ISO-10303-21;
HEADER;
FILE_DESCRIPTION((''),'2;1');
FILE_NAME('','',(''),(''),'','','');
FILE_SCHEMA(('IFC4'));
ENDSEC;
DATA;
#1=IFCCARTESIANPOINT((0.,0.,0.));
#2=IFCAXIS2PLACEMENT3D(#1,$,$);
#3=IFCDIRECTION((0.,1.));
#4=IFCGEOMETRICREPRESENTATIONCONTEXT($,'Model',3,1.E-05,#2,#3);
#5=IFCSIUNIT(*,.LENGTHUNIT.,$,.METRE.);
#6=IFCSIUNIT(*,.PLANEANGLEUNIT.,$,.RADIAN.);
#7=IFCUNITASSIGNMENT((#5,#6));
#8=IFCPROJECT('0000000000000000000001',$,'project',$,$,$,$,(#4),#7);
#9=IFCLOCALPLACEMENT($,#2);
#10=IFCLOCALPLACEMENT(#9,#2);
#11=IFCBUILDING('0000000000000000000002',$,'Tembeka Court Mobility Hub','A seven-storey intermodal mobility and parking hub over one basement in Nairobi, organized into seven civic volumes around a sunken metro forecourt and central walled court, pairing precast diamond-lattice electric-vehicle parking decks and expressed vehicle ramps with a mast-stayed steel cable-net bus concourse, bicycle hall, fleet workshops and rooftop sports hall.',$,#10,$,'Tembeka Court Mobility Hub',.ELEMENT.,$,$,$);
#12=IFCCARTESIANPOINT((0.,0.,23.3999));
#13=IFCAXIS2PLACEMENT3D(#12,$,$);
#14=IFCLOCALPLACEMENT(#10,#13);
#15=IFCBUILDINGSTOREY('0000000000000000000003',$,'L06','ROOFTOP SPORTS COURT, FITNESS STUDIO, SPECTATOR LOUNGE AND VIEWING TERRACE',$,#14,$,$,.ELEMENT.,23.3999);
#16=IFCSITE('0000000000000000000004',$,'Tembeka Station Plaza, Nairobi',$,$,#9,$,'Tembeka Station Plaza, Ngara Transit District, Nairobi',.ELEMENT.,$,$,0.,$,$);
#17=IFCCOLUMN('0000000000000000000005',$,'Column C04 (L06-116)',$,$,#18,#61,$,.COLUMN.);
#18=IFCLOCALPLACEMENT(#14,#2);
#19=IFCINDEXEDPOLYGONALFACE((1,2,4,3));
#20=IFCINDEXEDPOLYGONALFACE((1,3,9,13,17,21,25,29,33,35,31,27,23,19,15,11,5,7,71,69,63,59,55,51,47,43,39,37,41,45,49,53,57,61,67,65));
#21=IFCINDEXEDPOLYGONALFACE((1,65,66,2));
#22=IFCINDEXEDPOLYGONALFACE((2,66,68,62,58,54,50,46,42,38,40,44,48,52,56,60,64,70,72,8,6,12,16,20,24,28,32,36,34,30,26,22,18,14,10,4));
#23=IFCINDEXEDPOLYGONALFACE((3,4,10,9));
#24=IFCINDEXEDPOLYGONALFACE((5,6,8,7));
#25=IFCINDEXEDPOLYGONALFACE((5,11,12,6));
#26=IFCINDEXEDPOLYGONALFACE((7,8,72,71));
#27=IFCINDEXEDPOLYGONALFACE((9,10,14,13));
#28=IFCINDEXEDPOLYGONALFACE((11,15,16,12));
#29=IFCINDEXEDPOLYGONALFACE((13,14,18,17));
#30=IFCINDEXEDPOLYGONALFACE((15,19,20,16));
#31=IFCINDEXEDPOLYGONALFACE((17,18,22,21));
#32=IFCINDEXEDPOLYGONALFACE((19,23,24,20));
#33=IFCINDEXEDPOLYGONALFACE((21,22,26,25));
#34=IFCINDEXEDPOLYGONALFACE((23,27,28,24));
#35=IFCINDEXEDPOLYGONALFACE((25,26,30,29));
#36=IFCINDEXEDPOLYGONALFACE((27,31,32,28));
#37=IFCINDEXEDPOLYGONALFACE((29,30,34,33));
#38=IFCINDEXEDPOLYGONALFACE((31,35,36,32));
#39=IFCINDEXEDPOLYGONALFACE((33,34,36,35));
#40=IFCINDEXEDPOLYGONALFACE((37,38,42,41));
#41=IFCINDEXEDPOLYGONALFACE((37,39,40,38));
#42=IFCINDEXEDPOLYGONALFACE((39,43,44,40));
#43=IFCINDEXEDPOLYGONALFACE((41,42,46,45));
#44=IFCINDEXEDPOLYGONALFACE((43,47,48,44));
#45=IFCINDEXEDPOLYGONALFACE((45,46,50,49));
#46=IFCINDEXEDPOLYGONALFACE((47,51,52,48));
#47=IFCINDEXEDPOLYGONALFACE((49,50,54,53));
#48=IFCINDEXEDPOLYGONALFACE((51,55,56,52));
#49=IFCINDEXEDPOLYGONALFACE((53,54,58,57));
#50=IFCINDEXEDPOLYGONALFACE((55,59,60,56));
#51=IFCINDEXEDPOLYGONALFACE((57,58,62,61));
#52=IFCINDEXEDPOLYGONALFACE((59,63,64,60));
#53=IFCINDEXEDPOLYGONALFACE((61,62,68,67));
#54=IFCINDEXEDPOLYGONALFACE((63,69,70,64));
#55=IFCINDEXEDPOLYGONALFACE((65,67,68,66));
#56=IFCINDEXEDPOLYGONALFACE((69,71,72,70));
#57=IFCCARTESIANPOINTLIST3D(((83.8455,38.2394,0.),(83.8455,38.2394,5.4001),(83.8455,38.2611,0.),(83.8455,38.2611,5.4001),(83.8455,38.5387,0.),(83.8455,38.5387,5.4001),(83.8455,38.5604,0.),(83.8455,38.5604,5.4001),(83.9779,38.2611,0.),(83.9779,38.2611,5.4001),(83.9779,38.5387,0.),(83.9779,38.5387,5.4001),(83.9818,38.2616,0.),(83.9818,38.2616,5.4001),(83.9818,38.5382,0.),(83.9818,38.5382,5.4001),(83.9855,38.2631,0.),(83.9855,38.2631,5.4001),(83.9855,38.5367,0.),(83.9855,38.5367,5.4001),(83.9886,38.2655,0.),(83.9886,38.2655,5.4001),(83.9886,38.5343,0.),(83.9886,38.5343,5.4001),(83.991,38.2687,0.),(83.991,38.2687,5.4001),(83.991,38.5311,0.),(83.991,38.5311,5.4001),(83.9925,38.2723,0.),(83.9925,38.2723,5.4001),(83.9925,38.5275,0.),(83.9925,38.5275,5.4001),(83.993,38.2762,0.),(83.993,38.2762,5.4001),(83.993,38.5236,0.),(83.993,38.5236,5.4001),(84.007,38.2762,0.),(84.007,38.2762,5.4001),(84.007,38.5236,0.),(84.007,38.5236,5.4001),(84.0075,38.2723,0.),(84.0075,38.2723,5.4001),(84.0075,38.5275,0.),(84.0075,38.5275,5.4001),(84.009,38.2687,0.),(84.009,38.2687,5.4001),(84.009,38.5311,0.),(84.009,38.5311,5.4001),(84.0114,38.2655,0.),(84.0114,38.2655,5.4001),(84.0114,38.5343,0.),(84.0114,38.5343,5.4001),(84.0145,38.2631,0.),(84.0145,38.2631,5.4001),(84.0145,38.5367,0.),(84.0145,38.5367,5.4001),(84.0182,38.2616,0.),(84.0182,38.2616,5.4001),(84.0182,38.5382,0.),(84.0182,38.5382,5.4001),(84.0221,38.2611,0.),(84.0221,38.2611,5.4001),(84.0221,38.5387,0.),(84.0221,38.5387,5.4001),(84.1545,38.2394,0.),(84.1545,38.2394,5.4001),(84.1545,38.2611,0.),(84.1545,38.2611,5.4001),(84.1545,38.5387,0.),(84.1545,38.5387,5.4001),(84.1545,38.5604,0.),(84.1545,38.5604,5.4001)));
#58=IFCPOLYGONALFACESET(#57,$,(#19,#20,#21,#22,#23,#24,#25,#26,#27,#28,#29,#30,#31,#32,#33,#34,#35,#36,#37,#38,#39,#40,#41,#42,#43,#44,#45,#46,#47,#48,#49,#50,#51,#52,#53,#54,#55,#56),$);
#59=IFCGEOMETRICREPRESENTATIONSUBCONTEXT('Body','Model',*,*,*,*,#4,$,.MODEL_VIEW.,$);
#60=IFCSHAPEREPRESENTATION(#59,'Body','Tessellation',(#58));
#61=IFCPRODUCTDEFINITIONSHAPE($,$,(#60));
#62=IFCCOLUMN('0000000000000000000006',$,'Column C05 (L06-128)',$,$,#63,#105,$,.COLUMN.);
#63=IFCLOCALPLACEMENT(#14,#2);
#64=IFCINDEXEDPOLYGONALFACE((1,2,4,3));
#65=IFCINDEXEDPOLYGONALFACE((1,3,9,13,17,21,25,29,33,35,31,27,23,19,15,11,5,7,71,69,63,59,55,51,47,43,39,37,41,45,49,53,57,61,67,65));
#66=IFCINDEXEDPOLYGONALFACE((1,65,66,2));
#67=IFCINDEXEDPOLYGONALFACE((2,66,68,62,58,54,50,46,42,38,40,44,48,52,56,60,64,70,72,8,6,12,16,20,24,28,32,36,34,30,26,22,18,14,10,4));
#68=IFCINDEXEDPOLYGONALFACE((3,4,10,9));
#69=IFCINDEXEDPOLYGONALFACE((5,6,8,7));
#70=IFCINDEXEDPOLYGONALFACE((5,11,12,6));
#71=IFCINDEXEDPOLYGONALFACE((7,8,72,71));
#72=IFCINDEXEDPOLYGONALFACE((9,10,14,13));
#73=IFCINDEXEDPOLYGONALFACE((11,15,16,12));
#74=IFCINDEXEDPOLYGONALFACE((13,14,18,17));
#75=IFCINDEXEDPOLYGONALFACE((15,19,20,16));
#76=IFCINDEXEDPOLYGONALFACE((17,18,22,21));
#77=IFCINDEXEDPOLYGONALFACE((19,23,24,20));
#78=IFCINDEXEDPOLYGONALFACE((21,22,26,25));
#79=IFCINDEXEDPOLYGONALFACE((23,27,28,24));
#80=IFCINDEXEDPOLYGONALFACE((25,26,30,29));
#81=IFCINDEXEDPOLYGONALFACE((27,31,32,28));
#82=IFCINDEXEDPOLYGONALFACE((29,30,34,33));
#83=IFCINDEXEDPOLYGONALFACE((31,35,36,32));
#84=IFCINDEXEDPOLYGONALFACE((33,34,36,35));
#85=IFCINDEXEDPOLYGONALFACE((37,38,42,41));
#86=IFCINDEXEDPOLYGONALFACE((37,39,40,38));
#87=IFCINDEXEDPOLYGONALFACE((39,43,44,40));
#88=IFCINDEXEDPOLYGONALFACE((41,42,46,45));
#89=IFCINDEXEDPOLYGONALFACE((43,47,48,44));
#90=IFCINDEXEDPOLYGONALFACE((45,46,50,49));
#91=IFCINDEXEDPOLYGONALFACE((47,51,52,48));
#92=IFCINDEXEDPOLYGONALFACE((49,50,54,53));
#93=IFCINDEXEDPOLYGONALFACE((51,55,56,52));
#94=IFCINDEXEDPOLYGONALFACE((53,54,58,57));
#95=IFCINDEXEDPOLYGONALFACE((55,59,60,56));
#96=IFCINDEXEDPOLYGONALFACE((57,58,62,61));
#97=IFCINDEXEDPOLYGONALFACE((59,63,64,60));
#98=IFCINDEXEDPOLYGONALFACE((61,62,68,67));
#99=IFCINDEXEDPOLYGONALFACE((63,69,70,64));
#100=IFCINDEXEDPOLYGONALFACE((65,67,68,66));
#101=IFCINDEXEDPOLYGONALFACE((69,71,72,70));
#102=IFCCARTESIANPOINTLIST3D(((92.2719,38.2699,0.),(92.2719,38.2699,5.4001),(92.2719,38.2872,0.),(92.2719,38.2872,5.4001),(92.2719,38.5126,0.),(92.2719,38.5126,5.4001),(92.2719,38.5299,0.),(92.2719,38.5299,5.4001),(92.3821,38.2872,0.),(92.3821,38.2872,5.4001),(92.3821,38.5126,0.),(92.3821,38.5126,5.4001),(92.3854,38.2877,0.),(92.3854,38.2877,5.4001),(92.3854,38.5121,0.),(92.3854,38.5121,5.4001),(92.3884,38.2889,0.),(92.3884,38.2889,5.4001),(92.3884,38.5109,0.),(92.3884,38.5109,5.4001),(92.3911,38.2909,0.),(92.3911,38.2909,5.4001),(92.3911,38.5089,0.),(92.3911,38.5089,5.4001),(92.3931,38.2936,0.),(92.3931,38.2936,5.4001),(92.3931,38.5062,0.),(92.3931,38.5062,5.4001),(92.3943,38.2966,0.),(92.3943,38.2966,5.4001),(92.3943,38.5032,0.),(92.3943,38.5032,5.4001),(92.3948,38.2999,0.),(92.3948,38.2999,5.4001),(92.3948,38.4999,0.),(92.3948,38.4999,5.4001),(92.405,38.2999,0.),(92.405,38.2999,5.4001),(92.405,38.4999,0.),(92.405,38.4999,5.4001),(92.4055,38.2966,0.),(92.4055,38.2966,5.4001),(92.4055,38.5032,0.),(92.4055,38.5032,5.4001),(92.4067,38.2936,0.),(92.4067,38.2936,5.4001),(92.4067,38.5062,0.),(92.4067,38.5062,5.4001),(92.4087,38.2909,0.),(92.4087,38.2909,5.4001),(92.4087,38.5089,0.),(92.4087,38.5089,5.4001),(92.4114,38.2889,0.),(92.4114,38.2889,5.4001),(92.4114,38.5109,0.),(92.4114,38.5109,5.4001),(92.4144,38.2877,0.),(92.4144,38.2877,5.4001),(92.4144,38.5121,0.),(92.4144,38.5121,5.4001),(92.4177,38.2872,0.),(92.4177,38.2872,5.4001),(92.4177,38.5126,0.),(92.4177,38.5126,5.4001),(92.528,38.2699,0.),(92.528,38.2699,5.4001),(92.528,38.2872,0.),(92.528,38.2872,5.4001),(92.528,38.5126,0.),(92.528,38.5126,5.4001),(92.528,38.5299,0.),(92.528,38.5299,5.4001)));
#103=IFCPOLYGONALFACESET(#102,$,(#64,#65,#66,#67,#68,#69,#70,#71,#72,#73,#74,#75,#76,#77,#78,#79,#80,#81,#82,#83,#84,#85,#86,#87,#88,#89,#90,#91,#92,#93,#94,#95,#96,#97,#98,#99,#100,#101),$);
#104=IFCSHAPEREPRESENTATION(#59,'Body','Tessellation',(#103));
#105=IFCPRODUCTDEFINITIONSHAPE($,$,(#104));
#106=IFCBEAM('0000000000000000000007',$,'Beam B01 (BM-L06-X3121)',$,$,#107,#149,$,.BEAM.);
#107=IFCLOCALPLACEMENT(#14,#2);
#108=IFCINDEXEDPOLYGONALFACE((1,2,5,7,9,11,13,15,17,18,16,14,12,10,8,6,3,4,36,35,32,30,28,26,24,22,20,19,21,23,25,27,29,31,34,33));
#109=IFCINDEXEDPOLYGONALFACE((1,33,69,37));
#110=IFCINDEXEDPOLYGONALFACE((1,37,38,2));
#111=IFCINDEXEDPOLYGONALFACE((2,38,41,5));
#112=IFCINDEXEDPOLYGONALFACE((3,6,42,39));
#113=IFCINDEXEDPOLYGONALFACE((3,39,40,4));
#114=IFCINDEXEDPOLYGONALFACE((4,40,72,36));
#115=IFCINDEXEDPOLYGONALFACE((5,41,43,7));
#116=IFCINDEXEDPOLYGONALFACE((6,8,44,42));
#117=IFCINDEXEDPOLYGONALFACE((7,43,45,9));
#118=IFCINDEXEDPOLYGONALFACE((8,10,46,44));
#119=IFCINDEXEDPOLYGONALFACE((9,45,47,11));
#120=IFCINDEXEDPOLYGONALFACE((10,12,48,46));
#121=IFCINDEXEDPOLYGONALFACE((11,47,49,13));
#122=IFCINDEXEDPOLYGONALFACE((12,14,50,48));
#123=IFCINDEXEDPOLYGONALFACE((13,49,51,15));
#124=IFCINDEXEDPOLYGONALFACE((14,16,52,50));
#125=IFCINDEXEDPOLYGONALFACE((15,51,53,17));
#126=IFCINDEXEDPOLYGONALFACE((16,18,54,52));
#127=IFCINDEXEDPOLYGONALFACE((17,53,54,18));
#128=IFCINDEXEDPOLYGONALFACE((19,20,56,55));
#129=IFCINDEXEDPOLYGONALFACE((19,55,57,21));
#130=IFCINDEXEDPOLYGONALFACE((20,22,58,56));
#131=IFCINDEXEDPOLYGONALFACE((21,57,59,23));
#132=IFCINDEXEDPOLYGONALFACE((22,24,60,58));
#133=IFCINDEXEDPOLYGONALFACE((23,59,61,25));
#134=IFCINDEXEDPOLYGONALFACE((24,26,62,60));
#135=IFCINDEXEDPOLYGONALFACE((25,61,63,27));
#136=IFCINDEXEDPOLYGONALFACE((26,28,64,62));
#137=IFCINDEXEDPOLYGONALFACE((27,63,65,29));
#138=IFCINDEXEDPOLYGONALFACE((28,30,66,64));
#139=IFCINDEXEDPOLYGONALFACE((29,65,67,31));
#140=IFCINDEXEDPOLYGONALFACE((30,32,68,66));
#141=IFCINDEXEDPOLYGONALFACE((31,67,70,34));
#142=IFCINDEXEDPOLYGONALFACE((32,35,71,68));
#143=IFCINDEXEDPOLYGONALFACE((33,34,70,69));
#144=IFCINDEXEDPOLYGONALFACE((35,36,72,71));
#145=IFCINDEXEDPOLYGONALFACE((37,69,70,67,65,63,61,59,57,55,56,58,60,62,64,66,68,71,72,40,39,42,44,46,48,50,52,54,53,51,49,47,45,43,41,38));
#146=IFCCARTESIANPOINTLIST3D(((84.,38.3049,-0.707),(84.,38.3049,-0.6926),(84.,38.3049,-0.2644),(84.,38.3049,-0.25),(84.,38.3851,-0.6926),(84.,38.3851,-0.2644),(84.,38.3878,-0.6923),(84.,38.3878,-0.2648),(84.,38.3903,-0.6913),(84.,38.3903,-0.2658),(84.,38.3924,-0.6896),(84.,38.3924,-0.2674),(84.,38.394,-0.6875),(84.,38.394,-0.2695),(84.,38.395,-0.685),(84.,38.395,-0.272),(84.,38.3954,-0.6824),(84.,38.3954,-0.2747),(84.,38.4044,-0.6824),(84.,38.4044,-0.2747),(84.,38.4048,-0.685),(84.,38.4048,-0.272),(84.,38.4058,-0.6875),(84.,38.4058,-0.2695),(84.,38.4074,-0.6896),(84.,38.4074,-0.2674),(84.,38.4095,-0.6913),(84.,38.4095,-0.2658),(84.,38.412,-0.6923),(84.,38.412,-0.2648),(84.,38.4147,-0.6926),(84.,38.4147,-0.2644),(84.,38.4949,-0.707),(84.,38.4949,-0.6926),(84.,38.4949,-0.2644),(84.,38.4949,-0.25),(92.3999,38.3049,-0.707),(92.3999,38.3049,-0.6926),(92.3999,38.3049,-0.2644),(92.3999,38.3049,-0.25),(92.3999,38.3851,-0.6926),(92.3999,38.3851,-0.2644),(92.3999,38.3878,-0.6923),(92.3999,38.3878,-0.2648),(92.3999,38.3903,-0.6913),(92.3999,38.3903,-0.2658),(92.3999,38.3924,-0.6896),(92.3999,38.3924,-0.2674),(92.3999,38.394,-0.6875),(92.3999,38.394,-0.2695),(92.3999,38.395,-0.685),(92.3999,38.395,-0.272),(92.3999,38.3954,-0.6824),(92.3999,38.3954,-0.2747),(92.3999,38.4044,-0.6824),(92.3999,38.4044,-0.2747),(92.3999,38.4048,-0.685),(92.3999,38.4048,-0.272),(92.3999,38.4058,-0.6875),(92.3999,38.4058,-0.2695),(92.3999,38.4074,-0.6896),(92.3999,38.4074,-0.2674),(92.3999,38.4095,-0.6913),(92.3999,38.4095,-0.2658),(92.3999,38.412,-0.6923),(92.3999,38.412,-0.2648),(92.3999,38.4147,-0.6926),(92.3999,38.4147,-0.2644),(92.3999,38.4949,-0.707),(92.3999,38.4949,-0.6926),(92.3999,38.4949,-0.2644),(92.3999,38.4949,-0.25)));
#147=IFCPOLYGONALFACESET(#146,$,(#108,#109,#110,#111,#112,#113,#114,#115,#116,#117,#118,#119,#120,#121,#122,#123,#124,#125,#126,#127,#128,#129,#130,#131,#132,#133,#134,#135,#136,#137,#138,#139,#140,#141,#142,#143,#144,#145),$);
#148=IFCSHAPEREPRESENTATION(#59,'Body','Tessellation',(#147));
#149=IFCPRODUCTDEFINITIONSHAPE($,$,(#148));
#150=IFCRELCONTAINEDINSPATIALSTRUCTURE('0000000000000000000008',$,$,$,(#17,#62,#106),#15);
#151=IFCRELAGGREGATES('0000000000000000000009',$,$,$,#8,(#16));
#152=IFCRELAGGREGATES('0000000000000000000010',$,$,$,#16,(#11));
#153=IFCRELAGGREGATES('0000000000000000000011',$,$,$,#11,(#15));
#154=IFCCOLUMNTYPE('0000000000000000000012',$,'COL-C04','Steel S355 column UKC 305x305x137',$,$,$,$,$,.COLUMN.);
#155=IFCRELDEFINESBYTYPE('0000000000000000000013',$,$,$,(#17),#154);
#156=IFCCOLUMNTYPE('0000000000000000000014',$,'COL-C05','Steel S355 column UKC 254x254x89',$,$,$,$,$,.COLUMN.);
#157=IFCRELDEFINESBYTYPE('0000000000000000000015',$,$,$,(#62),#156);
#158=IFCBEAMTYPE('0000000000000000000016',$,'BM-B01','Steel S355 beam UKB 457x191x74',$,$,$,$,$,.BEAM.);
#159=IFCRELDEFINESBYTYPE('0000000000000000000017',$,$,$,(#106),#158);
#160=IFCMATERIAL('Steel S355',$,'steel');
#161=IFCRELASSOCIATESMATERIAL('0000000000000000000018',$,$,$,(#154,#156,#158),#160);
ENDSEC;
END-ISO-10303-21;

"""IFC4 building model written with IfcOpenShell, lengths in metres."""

from ifc_helpers import new_model, si_unit, direction, frame, origin, origin_2d, place, context, subcontext, project, spatial, i_section, extrude, material, material_profile, profile_set, type_object, element, save


model = new_model("IFC4")

# Units and contexts
model_context = context("Model", 3, precision=1e-05, world=origin(), true_north=direction((0.0, 1.0)))
body_context = subcontext(model_context, "Body", "Model", "MODEL_VIEW")
ifc_project = project(units=[si_unit("LENGTHUNIT", "METRE"), si_unit("PLANEANGLEUNIT", "RADIAN")], contexts=[model_context])

# Site, building, storey
site_placement = place(None, origin())
site = spatial("IfcSite", under=ifc_project, at=site_placement, Name="Tembeka Station Plaza, Nairobi", LongName="Tembeka Station Plaza, Ngara Transit District, Nairobi", CompositionType="ELEMENT", RefElevation=0.0)
building_placement = place(site_placement, origin())
building = spatial("IfcBuilding", under=site, at=building_placement, Name="Tembeka Court Mobility Hub", Description="A seven-storey intermodal mobility and parking hub over one basement in Nairobi, organized into seven civic volumes around a sunken metro forecourt and central walled court, pairing precast diamond-lattice electric-vehicle parking decks and expressed vehicle ramps with a mast-stayed steel cable-net bus concourse, bicycle hall, fleet workshops and rooftop sports hall.", LongName="Tembeka Court Mobility Hub", CompositionType="ELEMENT")
storey_placement = place(building_placement, frame((0.0, 0.0, 23.3999)))
storey = spatial("IfcBuildingStorey", under=building, at=storey_placement, Name="L06", Description="ROOFTOP SPORTS COURT, FITNESS STUDIO, SPECTATOR LOUNGE AND VIEWING TERRACE", CompositionType="ELEMENT", Elevation=23.3999)

# Columns
ifc_material_1 = material(Name="Steel S355", Category="steel")
ifc_material_profile_1 = material_profile(ifc_material_1, i_section(OverallWidth=0.3091, OverallDepth=0.321, WebThickness=0.0139, FlangeThickness=0.0217, FilletRadius=0.0151, at=origin_2d()), Name="UKC 305x305x137")
ifc_profile_set_1 = profile_set([ifc_material_profile_1], Name="Steel S355")
column_type_1 = type_object("IfcColumnType", Name="COL-C04", Description="Steel S355 column UKC 305x305x137", PredefinedType="COLUMN", material=ifc_profile_set_1)
column_1_placement = place(storey_placement, frame((84.0, 38.3999, 0.0), z_axis=(0.0, 0.0, 1.0), x_axis=(1.0, 0.0, 0.0)))
element("IfcColumn", 1, at=column_1_placement, inside=storey, type_object=column_type_1, Name="Column C04 (L06-116)", PredefinedType="COLUMN", context=body_context, shape_type="SweptSolid", body=[
    extrude(i_section(OverallWidth=0.3091, OverallDepth=0.321, WebThickness=0.0139, FlangeThickness=0.0217, FilletRadius=0.0151, at=origin_2d()), origin(), (0.0, 0.0, 1.0), 5.4001),
])
ifc_material_profile_2 = material_profile(ifc_material_1, i_section(OverallWidth=0.2561, OverallDepth=0.26, WebThickness=0.0103, FlangeThickness=0.0173, FilletRadius=0.0127, at=origin_2d()), Name="UKC 254x254x89")
ifc_profile_set_2 = profile_set([ifc_material_profile_2], Name="Steel S355")
column_type_2 = type_object("IfcColumnType", Name="COL-C05", Description="Steel S355 column UKC 254x254x89", PredefinedType="COLUMN", material=ifc_profile_set_2)
column_2_placement = place(storey_placement, frame((92.3999, 38.3999, 0.0), z_axis=(0.0, 0.0, 1.0), x_axis=(1.0, 0.0, 0.0)))
element("IfcColumn", 2, at=column_2_placement, inside=storey, type_object=column_type_2, Name="Column C05 (L06-128)", PredefinedType="COLUMN", context=body_context, shape_type="SweptSolid", body=[
    extrude(i_section(OverallWidth=0.2561, OverallDepth=0.26, WebThickness=0.0103, FlangeThickness=0.0173, FilletRadius=0.0127, at=origin_2d()), origin(), (0.0, 0.0, 1.0), 5.4001),
])

# Beam
ifc_material_profile_3 = material_profile(ifc_material_1, i_section(OverallWidth=0.1899, OverallDepth=0.457, WebThickness=0.009, FlangeThickness=0.0144, FilletRadius=0.0103, at=origin_2d()), Name="UKB 457x191x74")
ifc_profile_set_3 = profile_set([ifc_material_profile_3], Name="Steel S355")
beam_type_1 = type_object("IfcBeamType", Name="BM-B01", Description="Steel S355 beam UKB 457x191x74", PredefinedType="BEAM", material=ifc_profile_set_3)
beam_1_placement = place(storey_placement, frame((84.0, 38.3999, -0.4785), z_axis=(1.0, 0.0, 0.0), x_axis=(0.0, 1.0, 0.0)))
element("IfcBeam", 3, at=beam_1_placement, inside=storey, type_object=beam_type_1, Name="Beam B01 (BM-L06-X3121)", PredefinedType="BEAM", context=body_context, shape_type="SweptSolid", body=[
    extrude(i_section(OverallWidth=0.1899, OverallDepth=0.457, WebThickness=0.009, FlangeThickness=0.0144, FilletRadius=0.0103, at=origin_2d()), origin(), (0.0, 0.0, 1.0), 8.3999),
])

save(model, "model.ifc")
